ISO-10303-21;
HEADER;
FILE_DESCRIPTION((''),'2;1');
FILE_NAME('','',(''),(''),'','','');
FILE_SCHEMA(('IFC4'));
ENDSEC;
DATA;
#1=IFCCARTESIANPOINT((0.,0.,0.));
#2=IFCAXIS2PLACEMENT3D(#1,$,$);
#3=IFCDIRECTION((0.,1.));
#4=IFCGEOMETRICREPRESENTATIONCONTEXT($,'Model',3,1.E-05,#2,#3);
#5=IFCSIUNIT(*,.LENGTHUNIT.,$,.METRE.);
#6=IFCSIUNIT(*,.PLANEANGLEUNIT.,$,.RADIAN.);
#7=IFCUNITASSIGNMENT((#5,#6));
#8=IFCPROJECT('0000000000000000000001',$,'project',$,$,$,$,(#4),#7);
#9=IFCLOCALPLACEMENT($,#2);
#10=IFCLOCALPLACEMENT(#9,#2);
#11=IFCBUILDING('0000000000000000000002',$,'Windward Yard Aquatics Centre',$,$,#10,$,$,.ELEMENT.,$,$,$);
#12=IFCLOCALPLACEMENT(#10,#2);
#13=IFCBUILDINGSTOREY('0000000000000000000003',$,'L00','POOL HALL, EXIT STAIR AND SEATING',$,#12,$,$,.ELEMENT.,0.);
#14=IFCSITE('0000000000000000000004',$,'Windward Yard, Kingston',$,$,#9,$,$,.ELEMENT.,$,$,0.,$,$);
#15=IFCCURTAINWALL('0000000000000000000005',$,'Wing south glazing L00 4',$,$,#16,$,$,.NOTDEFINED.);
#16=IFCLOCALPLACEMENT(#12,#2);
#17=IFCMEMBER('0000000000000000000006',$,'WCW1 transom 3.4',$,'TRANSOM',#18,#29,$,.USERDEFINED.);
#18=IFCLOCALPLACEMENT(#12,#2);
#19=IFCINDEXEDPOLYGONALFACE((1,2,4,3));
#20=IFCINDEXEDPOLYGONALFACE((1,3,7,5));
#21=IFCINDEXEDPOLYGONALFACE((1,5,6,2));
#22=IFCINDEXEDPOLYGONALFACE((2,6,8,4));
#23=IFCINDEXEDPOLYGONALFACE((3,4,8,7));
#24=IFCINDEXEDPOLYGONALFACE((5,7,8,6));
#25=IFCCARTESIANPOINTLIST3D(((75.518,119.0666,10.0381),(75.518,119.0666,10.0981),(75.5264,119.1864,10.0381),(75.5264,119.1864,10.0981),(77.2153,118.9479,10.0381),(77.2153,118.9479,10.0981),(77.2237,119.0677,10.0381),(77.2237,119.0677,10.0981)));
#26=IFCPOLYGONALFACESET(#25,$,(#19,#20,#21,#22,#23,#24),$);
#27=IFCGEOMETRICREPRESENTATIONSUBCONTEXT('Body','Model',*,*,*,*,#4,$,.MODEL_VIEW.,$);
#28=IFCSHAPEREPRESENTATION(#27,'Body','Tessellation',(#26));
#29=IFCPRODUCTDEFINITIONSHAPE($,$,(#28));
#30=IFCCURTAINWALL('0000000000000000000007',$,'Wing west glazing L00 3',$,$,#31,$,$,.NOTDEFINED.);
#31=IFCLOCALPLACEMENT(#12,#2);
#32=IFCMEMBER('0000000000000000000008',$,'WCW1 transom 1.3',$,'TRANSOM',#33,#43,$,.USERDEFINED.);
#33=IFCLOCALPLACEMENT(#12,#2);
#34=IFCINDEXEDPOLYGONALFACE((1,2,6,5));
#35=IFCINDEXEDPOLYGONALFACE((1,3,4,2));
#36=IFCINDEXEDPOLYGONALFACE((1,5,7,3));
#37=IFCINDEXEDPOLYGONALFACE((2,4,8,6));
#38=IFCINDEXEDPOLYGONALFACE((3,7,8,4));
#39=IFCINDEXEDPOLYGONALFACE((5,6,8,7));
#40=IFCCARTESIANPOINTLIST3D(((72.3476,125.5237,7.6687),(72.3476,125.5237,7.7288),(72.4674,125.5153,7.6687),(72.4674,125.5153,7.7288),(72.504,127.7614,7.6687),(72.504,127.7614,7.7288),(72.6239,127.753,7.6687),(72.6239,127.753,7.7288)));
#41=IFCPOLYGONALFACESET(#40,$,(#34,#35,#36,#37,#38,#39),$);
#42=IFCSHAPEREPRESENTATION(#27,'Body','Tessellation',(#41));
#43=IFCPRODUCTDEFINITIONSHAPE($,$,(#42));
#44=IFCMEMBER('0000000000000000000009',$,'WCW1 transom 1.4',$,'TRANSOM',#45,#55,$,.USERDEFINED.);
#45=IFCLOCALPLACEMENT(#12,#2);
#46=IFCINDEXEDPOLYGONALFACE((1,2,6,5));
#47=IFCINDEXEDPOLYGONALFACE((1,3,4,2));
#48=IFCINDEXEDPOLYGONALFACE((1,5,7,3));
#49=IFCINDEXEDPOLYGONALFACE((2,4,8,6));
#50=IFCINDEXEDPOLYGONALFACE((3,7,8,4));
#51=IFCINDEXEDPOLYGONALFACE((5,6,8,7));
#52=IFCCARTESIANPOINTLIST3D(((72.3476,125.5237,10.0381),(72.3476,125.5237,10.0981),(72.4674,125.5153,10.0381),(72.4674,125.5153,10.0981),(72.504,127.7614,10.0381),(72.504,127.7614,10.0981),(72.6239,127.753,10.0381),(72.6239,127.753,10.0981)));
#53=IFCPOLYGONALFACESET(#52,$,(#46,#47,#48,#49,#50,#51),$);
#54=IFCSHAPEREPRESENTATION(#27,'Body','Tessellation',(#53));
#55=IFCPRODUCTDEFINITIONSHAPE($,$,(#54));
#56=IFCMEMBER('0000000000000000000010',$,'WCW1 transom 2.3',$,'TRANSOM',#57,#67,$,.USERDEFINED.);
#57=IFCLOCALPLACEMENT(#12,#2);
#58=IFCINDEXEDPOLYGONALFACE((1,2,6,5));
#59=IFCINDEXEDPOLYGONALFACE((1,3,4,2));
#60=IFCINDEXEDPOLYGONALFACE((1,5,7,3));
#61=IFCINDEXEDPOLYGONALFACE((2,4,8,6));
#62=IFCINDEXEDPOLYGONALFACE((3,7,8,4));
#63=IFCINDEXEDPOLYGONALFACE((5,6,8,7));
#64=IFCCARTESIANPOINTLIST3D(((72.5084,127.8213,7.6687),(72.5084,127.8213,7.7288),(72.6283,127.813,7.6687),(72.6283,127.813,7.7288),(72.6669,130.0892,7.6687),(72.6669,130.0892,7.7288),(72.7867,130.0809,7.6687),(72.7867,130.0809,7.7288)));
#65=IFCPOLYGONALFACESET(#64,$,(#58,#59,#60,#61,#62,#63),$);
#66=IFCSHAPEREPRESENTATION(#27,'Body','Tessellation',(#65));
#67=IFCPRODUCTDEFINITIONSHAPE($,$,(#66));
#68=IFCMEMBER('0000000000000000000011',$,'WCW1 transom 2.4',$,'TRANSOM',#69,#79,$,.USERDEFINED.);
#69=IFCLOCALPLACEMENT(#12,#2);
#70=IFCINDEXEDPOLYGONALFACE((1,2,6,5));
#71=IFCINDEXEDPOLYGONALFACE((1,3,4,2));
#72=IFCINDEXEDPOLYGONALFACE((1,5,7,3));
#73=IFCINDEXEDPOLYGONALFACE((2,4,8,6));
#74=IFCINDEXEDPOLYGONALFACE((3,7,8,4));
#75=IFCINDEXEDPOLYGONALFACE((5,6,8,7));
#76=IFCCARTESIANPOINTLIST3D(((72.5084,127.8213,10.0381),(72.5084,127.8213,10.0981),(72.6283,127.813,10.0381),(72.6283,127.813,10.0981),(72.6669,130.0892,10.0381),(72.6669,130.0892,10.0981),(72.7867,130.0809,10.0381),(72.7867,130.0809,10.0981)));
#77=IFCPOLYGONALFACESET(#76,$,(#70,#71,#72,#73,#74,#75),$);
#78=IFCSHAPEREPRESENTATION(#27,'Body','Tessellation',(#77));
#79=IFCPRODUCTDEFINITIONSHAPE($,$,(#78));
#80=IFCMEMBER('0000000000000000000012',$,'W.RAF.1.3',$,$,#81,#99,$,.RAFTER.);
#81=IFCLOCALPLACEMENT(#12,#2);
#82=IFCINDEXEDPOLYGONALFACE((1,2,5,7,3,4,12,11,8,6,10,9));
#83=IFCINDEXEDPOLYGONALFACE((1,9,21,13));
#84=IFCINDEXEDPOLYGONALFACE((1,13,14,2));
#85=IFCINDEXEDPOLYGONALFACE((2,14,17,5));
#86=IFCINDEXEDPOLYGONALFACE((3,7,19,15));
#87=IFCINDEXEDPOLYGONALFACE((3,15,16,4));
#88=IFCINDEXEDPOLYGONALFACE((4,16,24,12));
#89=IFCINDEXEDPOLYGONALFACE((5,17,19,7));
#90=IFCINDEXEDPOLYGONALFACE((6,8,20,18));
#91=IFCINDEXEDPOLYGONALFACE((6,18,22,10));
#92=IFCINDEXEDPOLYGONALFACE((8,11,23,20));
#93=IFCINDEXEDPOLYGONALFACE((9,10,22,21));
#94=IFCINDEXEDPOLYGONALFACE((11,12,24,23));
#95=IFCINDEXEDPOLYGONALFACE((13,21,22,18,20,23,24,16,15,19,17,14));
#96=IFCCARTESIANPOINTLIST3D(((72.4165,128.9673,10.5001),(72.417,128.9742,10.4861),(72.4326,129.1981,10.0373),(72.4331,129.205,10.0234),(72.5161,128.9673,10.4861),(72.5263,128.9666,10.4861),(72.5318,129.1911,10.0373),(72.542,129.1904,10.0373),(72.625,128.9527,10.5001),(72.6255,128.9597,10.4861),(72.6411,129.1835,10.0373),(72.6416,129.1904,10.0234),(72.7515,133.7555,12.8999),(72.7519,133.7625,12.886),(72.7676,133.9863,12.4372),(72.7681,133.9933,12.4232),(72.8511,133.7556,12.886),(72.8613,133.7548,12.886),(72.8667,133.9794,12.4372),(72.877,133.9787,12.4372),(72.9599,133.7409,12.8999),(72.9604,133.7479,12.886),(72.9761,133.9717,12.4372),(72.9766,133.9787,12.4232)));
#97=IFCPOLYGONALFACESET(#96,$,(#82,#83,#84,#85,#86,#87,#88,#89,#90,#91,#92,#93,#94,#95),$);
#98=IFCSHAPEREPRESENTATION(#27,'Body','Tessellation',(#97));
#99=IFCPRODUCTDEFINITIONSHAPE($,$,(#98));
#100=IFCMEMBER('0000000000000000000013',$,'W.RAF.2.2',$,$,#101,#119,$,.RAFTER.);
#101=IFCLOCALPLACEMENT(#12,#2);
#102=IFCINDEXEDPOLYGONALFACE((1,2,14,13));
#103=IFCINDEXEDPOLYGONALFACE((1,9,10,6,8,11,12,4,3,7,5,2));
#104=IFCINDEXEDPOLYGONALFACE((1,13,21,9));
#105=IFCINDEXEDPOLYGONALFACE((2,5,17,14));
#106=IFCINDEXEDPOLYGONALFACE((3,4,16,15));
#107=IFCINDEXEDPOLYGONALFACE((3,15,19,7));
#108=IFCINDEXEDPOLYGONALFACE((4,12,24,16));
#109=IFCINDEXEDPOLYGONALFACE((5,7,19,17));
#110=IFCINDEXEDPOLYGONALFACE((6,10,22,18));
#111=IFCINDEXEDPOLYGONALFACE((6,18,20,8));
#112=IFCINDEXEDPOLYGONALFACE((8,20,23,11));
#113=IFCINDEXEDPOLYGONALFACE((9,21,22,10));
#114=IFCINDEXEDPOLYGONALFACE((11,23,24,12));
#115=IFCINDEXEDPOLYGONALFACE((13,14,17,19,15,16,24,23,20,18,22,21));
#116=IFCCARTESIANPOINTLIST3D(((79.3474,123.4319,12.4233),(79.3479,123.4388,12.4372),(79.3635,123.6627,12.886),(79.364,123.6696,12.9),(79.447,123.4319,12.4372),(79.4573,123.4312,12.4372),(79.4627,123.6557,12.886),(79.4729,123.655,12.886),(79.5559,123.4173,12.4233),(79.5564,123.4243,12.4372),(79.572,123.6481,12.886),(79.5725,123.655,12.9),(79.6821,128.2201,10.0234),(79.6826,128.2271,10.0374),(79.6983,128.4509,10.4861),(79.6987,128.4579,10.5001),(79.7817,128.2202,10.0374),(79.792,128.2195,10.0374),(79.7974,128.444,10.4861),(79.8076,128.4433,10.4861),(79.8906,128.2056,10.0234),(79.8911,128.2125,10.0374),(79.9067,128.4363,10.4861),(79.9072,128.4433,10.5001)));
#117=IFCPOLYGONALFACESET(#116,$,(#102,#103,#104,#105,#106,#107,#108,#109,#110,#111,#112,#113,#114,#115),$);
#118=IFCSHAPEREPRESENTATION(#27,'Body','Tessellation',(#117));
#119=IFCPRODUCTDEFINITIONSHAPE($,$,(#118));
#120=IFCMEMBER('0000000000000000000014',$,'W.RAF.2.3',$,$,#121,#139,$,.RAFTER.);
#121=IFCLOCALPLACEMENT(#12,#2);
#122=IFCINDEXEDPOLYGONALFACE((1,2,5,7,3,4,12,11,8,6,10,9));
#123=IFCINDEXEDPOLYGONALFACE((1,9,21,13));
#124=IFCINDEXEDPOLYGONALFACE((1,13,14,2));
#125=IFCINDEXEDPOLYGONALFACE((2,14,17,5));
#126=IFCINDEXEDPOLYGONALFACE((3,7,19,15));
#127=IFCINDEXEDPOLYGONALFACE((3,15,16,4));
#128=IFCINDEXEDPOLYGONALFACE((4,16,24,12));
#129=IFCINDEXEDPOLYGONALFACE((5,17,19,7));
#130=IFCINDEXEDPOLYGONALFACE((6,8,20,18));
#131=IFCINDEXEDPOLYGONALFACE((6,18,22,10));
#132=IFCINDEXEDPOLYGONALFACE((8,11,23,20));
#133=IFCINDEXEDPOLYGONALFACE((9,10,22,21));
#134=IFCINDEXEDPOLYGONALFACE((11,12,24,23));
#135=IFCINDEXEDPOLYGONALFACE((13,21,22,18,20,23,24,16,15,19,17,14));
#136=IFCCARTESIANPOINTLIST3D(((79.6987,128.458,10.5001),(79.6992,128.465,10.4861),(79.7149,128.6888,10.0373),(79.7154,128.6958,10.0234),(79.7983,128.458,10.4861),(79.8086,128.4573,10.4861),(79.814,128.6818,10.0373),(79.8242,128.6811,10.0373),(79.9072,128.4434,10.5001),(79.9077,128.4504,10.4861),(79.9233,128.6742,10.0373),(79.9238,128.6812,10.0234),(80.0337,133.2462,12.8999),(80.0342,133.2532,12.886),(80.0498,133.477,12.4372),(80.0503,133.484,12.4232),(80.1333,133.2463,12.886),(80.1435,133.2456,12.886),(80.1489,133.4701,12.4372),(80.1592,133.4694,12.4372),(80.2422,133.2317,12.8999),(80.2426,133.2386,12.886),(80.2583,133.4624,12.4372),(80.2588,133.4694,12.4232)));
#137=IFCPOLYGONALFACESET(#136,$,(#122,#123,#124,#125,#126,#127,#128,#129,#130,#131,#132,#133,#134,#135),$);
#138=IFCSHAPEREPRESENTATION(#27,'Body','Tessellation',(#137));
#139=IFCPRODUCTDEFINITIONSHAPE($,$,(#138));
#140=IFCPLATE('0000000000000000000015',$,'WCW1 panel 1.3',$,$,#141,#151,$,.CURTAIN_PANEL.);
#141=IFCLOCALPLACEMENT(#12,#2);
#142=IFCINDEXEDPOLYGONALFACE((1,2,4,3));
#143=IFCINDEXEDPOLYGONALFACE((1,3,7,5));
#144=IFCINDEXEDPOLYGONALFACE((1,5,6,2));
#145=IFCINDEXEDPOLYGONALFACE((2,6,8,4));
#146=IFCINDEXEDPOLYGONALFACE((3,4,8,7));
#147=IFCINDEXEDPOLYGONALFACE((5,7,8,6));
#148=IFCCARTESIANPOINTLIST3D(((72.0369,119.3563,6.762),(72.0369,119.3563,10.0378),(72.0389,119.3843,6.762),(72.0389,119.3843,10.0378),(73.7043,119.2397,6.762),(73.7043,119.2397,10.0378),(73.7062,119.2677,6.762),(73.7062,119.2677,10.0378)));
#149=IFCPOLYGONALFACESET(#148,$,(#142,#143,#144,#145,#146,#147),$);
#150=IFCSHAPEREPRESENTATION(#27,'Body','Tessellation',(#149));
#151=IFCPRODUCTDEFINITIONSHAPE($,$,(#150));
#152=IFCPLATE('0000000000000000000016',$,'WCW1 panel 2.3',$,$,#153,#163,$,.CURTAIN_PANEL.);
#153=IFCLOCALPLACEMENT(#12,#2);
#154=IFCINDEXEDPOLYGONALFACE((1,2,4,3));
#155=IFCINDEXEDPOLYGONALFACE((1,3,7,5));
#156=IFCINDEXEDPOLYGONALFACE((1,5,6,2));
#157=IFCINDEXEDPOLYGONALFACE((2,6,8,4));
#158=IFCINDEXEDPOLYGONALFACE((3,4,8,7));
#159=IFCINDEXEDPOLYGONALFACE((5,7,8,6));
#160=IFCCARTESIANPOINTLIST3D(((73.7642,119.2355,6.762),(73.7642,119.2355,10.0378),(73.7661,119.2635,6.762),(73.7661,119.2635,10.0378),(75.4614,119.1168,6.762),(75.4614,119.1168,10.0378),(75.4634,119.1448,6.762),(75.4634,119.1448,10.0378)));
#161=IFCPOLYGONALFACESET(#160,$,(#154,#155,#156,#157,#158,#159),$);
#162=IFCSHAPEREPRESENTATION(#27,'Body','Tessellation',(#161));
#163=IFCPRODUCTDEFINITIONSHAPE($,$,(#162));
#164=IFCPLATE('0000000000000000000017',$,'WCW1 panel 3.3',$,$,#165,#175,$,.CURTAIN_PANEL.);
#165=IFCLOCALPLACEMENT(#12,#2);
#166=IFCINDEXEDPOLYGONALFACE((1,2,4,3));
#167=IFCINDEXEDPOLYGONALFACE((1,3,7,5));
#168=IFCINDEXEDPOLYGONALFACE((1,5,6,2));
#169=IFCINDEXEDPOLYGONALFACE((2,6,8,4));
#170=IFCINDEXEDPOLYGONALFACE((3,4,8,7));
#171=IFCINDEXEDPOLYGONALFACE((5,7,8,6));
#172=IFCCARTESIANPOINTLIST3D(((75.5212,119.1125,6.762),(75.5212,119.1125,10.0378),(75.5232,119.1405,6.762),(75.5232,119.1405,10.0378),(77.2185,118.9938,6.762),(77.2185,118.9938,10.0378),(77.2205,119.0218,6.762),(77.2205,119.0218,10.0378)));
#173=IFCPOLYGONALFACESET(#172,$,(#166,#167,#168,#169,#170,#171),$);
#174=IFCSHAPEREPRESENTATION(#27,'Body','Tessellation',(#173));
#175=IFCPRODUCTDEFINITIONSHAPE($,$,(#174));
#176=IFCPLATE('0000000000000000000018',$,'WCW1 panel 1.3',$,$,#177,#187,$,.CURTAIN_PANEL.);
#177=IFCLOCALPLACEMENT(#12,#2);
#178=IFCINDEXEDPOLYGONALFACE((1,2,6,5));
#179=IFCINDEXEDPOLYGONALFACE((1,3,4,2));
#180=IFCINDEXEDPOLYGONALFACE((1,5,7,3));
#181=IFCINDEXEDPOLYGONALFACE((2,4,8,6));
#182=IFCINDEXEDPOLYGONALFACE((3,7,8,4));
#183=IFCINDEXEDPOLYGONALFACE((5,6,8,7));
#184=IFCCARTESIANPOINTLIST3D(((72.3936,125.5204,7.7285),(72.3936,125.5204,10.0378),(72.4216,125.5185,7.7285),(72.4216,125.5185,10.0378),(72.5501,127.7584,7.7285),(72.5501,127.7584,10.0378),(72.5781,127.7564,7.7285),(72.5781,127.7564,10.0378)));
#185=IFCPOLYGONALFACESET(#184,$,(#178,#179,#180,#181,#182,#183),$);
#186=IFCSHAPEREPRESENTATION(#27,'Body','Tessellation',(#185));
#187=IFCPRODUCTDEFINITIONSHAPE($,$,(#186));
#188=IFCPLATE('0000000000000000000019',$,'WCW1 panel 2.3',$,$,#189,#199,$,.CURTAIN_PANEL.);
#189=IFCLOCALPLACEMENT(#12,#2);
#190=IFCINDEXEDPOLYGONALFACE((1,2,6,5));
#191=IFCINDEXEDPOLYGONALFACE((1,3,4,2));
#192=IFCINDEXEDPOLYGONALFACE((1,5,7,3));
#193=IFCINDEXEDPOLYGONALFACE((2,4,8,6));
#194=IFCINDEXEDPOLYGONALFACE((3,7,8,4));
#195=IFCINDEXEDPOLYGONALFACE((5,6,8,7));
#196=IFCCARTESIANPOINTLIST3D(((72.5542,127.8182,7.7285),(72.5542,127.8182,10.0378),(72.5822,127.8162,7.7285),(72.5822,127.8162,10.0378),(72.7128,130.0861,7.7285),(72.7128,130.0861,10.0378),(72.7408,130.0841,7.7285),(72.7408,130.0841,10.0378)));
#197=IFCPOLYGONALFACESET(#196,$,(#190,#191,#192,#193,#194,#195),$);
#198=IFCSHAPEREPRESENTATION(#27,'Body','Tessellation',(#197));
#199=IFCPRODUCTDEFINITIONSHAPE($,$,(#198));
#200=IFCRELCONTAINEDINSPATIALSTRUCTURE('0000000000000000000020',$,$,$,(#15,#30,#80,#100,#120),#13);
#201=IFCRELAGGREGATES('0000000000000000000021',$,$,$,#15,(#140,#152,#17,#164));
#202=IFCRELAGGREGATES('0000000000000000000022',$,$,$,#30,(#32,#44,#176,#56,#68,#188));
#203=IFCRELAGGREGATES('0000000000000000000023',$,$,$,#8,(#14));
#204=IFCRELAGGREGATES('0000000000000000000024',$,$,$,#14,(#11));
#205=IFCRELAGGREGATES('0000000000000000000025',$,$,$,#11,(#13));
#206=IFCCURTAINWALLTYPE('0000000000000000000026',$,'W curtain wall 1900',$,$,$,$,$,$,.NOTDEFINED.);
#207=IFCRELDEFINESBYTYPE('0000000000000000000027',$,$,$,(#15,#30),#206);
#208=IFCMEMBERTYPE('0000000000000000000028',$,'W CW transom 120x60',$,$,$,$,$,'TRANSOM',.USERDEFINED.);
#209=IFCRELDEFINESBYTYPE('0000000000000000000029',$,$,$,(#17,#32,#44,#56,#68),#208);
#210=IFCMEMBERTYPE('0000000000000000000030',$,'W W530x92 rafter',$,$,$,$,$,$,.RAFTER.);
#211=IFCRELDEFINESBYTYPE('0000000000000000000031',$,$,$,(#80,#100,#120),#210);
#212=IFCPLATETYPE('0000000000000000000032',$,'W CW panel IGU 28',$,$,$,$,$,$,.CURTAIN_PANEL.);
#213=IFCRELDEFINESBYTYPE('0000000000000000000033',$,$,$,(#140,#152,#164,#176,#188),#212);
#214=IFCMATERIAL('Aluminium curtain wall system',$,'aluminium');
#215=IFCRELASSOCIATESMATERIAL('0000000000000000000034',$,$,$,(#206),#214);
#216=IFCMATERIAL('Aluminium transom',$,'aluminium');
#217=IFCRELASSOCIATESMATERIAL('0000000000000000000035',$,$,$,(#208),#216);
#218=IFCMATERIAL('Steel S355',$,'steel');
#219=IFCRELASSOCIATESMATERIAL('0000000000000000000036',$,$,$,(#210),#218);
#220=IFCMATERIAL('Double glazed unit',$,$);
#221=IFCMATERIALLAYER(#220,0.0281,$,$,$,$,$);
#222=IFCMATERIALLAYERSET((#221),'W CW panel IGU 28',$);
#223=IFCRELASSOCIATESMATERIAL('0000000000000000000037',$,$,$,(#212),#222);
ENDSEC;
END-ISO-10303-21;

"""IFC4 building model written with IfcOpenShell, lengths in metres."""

from ifc_helpers import new_model, si_unit, direction, frame, origin, origin_2d, place, context, subcontext, project, spatial, rectangle, i_section, extrude, material, layer, layer_set, material_profile, profile_set, type_object, element, aggregate, save


model = new_model("IFC4")

# Units and contexts
model_context = context("Model", 3, precision=1e-05, world=origin(), true_north=direction((0.0, 1.0)))
body_context = subcontext(model_context, "Body", "Model", "MODEL_VIEW")
ifc_project = project(units=[si_unit("LENGTHUNIT", "METRE"), si_unit("PLANEANGLEUNIT", "RADIAN")], contexts=[model_context])

# Site, building, storey
site_placement = place(None, origin())
site = spatial("IfcSite", under=ifc_project, at=site_placement, Name="Windward Yard, Kingston", CompositionType="ELEMENT", RefElevation=0.0)
building_placement = place(site_placement, origin())
building = spatial("IfcBuilding", under=site, at=building_placement, Name="Windward Yard Aquatics Centre", CompositionType="ELEMENT")
storey_placement = place(building_placement, origin())
storey = spatial("IfcBuildingStorey", under=building, at=storey_placement, Name="L00", Description="POOL HALL, EXIT STAIR AND SEATING", CompositionType="ELEMENT", Elevation=0.0)

# Shared definitions
ifc_material_1 = material(Name="Steel S355", Category="steel")

# Curtain walls, members
ifc_material_2 = material(Name="Aluminium curtain wall system", Category="aluminium")
curtain_wall_type = type_object("IfcCurtainWallType", Name="W curtain wall 1900", PredefinedType="NOTDEFINED", material=ifc_material_2)
curtain_wall_1_placement = place(storey_placement, origin())
curtain_wall_1 = element("IfcCurtainWall", 1, at=curtain_wall_1_placement, inside=storey, type_object=curtain_wall_type, Name="Wing south glazing L00 4", PredefinedType="NOTDEFINED")
ifc_material_3 = material(Name="Aluminium transom", Category="aluminium")
ifc_material_profile_1 = material_profile(ifc_material_3, rectangle(XDim=0.1201, YDim=0.0601, at=origin_2d()), Name="AL 120x60")
ifc_profile_set_1 = profile_set([ifc_material_profile_1], Name="Aluminium transom")
member_type_1 = type_object("IfcMemberType", Name="W CW transom 120x60", ElementType="TRANSOM", PredefinedType="USERDEFINED", material=ifc_profile_set_1)
member_1_placement = place(storey_placement, frame((75.5222, 119.1265, 10.0681), z_axis=(0.997565, -0.069738, 0.0), x_axis=(0.069738, 0.997565, 0.0)))
member_1 = element("IfcMember", 2, at=member_1_placement, type_object=member_type_1, Name="WCW1 transom 3.4", ObjectType="TRANSOM", PredefinedType="USERDEFINED", context=body_context, shape_type="SweptSolid", body=[
    extrude(rectangle(XDim=0.1201, YDim=0.0601, at=origin_2d()), origin(), (0.0, 0.0, 1.0), 1.7014),
])
curtain_wall_2_placement = place(storey_placement, origin())
curtain_wall_2 = element("IfcCurtainWall", 3, at=curtain_wall_2_placement, inside=storey, type_object=curtain_wall_type, Name="Wing west glazing L00 3", PredefinedType="NOTDEFINED")
member_2_placement = place(storey_placement, frame((72.4075, 125.5195, 7.6987), z_axis=(0.069762, 0.997564, 0.0), x_axis=(-0.997564, 0.069762, 0.0)))
member_2 = element("IfcMember", 4, at=member_2_placement, type_object=member_type_1, Name="WCW1 transom 1.3", ObjectType="TRANSOM", PredefinedType="USERDEFINED", context=body_context, shape_type="SweptSolid", body=[
    extrude(rectangle(XDim=0.1201, YDim=0.0601, at=origin_2d()), origin(), (0.0, 0.0, 1.0), 2.2432),
])
member_3_placement = place(storey_placement, frame((72.4075, 125.5195, 10.0681), z_axis=(0.069762, 0.997564, 0.0), x_axis=(-0.997564, 0.069762, 0.0)))
member_3 = element("IfcMember", 5, at=member_3_placement, type_object=member_type_1, Name="WCW1 transom 1.4", ObjectType="TRANSOM", PredefinedType="USERDEFINED", context=body_context, shape_type="SweptSolid", body=[
    extrude(rectangle(XDim=0.1201, YDim=0.0601, at=origin_2d()), origin(), (0.0, 0.0, 1.0), 2.2432),
])
member_4_placement = place(storey_placement, frame((72.5684, 127.8171, 7.6987), z_axis=(0.069698, 0.997568, 0.0), x_axis=(-0.997568, 0.069698, 0.0)))
member_4 = element("IfcMember", 6, at=member_4_placement, type_object=member_type_1, Name="WCW1 transom 2.3", ObjectType="TRANSOM", PredefinedType="USERDEFINED", context=body_context, shape_type="SweptSolid", body=[
    extrude(rectangle(XDim=0.1201, YDim=0.0601, at=origin_2d()), origin(), (0.0, 0.0, 1.0), 2.2734),
])
member_5_placement = place(storey_placement, frame((72.5684, 127.8171, 10.0681), z_axis=(0.069698, 0.997568, 0.0), x_axis=(-0.997568, 0.069698, 0.0)))
member_5 = element("IfcMember", 7, at=member_5_placement, type_object=member_type_1, Name="WCW1 transom 2.4", ObjectType="TRANSOM", PredefinedType="USERDEFINED", context=body_context, shape_type="SweptSolid", body=[
    extrude(rectangle(XDim=0.1201, YDim=0.0601, at=origin_2d()), origin(), (0.0, 0.0, 1.0), 2.2734),
])

# Members
ifc_material_profile_2 = material_profile(ifc_material_1, i_section(OverallWidth=0.209, OverallDepth=0.533, WebThickness=0.0103, FlangeThickness=0.0156, at=origin_2d()), Name="W530x92")
ifc_profile_set_2 = profile_set([ifc_material_profile_2], Name="Steel S355")
member_type_2 = type_object("IfcMemberType", Name="W W530x92 rafter", PredefinedType="RAFTER", material=ifc_profile_set_2)
for number, where, z_axis, x_axis, name in (
    (8, (72.5291, 129.0789, 10.2617), (0.062416, 0.892255, 0.447197), (-0.997562, 0.069783, 0.0), "W.RAF.1.3"),
    (9, (79.46, 123.5435, 12.6616), (0.062371, 0.892258, -0.447198), (-0.997566, 0.069732, 0.0), "W.RAF.2.2"),
    (10, (79.8113, 128.5696, 10.2617), (0.062416, 0.892255, 0.447197), (-0.997562, 0.069783, 0.0), "W.RAF.2.3"),
):
    element("IfcMember", number, at=place(storey_placement, frame(where, z_axis=z_axis, x_axis=x_axis)), inside=storey, type_object=member_type_2, Name=name, PredefinedType="RAFTER", context=body_context, shape_type="SweptSolid", body=[
        extrude(i_section(OverallWidth=0.209, OverallDepth=0.533, WebThickness=0.0103, FlangeThickness=0.0156, at=origin_2d()), origin(), (0.0, 0.0, 1.0), 5.3665),
    ])

# Plates
ifc_material_4 = material(Name="Double glazed unit")
ifc_layer_1 = layer(ifc_material_4, 0.0281)
ifc_layer_set_1 = layer_set([ifc_layer_1], Name="W CW panel IGU 28")
plate_type_1 = type_object("IfcPlateType", Name="W CW panel IGU 28", PredefinedType="CURTAIN_PANEL", material=ifc_layer_set_1)
plate_1_placement = place(storey_placement, frame((72.8716, 119.312, 6.762), z_axis=(0.0, 0.0, 1.0), x_axis=(0.997564, -0.069756, 0.0)))
plate_1 = element("IfcPlate", 11, at=plate_1_placement, type_object=plate_type_1, Name="WCW1 panel 1.3", PredefinedType="CURTAIN_PANEL", context=body_context, shape_type="SweptSolid", body=[
    extrude(rectangle(XDim=1.6714, YDim=0.0281, at=origin_2d()), origin(), (0.0, 0.0, 1.0), 3.2759),
])
plate_2_placement = place(storey_placement, frame((74.6138, 119.1902, 6.762), z_axis=(0.0, 0.0, 1.0), x_axis=(0.997564, -0.069756, 0.0)))
plate_2 = element("IfcPlate", 12, at=plate_2_placement, type_object=plate_type_1, Name="WCW1 panel 2.3", PredefinedType="CURTAIN_PANEL", context=body_context, shape_type="SweptSolid", body=[
    extrude(rectangle(XDim=1.7014, YDim=0.0281, at=origin_2d()), origin(), (0.0, 0.0, 1.0), 3.2759),
])
plate_3_placement = place(storey_placement, frame((76.3708, 119.0671, 6.762), z_axis=(0.0, 0.0, 1.0), x_axis=(0.997564, -0.069756, 0.0)))
plate_3 = element("IfcPlate", 13, at=plate_3_placement, type_object=plate_type_1, Name="WCW1 panel 3.3", PredefinedType="CURTAIN_PANEL", context=body_context, shape_type="SweptSolid", body=[
    extrude(rectangle(XDim=1.7014, YDim=0.0281, at=origin_2d()), origin(), (0.0, 0.0, 1.0), 3.2759),
])
aggregate(curtain_wall_1, [plate_1, plate_2, member_1, plate_3])
plate_4_placement = place(storey_placement, frame((72.4858, 126.6384, 7.7285), z_axis=(0.0, 0.0, 1.0), x_axis=(0.069758, 0.997564, 0.0)))
plate_4 = element("IfcPlate", 14, at=plate_4_placement, type_object=plate_type_1, Name="WCW1 panel 1.3", PredefinedType="CURTAIN_PANEL", context=body_context, shape_type="SweptSolid", body=[
    extrude(rectangle(XDim=2.2434, YDim=0.0281, at=origin_2d()), origin(), (0.0, 0.0, 1.0), 2.3093),
])
plate_5_placement = place(storey_placement, frame((72.6475, 128.9512, 7.7285), z_axis=(0.0, 0.0, 1.0), x_axis=(0.069758, 0.997564, 0.0)))
plate_5 = element("IfcPlate", 15, at=plate_5_placement, type_object=plate_type_1, Name="WCW1 panel 2.3", PredefinedType="CURTAIN_PANEL", context=body_context, shape_type="SweptSolid", body=[
    extrude(rectangle(XDim=2.2734, YDim=0.0281, at=origin_2d()), origin(), (0.0, 0.0, 1.0), 2.3093),
])
aggregate(curtain_wall_2, [member_2, member_3, plate_4, member_4, member_5, plate_5])

save(model, "model.ifc")
